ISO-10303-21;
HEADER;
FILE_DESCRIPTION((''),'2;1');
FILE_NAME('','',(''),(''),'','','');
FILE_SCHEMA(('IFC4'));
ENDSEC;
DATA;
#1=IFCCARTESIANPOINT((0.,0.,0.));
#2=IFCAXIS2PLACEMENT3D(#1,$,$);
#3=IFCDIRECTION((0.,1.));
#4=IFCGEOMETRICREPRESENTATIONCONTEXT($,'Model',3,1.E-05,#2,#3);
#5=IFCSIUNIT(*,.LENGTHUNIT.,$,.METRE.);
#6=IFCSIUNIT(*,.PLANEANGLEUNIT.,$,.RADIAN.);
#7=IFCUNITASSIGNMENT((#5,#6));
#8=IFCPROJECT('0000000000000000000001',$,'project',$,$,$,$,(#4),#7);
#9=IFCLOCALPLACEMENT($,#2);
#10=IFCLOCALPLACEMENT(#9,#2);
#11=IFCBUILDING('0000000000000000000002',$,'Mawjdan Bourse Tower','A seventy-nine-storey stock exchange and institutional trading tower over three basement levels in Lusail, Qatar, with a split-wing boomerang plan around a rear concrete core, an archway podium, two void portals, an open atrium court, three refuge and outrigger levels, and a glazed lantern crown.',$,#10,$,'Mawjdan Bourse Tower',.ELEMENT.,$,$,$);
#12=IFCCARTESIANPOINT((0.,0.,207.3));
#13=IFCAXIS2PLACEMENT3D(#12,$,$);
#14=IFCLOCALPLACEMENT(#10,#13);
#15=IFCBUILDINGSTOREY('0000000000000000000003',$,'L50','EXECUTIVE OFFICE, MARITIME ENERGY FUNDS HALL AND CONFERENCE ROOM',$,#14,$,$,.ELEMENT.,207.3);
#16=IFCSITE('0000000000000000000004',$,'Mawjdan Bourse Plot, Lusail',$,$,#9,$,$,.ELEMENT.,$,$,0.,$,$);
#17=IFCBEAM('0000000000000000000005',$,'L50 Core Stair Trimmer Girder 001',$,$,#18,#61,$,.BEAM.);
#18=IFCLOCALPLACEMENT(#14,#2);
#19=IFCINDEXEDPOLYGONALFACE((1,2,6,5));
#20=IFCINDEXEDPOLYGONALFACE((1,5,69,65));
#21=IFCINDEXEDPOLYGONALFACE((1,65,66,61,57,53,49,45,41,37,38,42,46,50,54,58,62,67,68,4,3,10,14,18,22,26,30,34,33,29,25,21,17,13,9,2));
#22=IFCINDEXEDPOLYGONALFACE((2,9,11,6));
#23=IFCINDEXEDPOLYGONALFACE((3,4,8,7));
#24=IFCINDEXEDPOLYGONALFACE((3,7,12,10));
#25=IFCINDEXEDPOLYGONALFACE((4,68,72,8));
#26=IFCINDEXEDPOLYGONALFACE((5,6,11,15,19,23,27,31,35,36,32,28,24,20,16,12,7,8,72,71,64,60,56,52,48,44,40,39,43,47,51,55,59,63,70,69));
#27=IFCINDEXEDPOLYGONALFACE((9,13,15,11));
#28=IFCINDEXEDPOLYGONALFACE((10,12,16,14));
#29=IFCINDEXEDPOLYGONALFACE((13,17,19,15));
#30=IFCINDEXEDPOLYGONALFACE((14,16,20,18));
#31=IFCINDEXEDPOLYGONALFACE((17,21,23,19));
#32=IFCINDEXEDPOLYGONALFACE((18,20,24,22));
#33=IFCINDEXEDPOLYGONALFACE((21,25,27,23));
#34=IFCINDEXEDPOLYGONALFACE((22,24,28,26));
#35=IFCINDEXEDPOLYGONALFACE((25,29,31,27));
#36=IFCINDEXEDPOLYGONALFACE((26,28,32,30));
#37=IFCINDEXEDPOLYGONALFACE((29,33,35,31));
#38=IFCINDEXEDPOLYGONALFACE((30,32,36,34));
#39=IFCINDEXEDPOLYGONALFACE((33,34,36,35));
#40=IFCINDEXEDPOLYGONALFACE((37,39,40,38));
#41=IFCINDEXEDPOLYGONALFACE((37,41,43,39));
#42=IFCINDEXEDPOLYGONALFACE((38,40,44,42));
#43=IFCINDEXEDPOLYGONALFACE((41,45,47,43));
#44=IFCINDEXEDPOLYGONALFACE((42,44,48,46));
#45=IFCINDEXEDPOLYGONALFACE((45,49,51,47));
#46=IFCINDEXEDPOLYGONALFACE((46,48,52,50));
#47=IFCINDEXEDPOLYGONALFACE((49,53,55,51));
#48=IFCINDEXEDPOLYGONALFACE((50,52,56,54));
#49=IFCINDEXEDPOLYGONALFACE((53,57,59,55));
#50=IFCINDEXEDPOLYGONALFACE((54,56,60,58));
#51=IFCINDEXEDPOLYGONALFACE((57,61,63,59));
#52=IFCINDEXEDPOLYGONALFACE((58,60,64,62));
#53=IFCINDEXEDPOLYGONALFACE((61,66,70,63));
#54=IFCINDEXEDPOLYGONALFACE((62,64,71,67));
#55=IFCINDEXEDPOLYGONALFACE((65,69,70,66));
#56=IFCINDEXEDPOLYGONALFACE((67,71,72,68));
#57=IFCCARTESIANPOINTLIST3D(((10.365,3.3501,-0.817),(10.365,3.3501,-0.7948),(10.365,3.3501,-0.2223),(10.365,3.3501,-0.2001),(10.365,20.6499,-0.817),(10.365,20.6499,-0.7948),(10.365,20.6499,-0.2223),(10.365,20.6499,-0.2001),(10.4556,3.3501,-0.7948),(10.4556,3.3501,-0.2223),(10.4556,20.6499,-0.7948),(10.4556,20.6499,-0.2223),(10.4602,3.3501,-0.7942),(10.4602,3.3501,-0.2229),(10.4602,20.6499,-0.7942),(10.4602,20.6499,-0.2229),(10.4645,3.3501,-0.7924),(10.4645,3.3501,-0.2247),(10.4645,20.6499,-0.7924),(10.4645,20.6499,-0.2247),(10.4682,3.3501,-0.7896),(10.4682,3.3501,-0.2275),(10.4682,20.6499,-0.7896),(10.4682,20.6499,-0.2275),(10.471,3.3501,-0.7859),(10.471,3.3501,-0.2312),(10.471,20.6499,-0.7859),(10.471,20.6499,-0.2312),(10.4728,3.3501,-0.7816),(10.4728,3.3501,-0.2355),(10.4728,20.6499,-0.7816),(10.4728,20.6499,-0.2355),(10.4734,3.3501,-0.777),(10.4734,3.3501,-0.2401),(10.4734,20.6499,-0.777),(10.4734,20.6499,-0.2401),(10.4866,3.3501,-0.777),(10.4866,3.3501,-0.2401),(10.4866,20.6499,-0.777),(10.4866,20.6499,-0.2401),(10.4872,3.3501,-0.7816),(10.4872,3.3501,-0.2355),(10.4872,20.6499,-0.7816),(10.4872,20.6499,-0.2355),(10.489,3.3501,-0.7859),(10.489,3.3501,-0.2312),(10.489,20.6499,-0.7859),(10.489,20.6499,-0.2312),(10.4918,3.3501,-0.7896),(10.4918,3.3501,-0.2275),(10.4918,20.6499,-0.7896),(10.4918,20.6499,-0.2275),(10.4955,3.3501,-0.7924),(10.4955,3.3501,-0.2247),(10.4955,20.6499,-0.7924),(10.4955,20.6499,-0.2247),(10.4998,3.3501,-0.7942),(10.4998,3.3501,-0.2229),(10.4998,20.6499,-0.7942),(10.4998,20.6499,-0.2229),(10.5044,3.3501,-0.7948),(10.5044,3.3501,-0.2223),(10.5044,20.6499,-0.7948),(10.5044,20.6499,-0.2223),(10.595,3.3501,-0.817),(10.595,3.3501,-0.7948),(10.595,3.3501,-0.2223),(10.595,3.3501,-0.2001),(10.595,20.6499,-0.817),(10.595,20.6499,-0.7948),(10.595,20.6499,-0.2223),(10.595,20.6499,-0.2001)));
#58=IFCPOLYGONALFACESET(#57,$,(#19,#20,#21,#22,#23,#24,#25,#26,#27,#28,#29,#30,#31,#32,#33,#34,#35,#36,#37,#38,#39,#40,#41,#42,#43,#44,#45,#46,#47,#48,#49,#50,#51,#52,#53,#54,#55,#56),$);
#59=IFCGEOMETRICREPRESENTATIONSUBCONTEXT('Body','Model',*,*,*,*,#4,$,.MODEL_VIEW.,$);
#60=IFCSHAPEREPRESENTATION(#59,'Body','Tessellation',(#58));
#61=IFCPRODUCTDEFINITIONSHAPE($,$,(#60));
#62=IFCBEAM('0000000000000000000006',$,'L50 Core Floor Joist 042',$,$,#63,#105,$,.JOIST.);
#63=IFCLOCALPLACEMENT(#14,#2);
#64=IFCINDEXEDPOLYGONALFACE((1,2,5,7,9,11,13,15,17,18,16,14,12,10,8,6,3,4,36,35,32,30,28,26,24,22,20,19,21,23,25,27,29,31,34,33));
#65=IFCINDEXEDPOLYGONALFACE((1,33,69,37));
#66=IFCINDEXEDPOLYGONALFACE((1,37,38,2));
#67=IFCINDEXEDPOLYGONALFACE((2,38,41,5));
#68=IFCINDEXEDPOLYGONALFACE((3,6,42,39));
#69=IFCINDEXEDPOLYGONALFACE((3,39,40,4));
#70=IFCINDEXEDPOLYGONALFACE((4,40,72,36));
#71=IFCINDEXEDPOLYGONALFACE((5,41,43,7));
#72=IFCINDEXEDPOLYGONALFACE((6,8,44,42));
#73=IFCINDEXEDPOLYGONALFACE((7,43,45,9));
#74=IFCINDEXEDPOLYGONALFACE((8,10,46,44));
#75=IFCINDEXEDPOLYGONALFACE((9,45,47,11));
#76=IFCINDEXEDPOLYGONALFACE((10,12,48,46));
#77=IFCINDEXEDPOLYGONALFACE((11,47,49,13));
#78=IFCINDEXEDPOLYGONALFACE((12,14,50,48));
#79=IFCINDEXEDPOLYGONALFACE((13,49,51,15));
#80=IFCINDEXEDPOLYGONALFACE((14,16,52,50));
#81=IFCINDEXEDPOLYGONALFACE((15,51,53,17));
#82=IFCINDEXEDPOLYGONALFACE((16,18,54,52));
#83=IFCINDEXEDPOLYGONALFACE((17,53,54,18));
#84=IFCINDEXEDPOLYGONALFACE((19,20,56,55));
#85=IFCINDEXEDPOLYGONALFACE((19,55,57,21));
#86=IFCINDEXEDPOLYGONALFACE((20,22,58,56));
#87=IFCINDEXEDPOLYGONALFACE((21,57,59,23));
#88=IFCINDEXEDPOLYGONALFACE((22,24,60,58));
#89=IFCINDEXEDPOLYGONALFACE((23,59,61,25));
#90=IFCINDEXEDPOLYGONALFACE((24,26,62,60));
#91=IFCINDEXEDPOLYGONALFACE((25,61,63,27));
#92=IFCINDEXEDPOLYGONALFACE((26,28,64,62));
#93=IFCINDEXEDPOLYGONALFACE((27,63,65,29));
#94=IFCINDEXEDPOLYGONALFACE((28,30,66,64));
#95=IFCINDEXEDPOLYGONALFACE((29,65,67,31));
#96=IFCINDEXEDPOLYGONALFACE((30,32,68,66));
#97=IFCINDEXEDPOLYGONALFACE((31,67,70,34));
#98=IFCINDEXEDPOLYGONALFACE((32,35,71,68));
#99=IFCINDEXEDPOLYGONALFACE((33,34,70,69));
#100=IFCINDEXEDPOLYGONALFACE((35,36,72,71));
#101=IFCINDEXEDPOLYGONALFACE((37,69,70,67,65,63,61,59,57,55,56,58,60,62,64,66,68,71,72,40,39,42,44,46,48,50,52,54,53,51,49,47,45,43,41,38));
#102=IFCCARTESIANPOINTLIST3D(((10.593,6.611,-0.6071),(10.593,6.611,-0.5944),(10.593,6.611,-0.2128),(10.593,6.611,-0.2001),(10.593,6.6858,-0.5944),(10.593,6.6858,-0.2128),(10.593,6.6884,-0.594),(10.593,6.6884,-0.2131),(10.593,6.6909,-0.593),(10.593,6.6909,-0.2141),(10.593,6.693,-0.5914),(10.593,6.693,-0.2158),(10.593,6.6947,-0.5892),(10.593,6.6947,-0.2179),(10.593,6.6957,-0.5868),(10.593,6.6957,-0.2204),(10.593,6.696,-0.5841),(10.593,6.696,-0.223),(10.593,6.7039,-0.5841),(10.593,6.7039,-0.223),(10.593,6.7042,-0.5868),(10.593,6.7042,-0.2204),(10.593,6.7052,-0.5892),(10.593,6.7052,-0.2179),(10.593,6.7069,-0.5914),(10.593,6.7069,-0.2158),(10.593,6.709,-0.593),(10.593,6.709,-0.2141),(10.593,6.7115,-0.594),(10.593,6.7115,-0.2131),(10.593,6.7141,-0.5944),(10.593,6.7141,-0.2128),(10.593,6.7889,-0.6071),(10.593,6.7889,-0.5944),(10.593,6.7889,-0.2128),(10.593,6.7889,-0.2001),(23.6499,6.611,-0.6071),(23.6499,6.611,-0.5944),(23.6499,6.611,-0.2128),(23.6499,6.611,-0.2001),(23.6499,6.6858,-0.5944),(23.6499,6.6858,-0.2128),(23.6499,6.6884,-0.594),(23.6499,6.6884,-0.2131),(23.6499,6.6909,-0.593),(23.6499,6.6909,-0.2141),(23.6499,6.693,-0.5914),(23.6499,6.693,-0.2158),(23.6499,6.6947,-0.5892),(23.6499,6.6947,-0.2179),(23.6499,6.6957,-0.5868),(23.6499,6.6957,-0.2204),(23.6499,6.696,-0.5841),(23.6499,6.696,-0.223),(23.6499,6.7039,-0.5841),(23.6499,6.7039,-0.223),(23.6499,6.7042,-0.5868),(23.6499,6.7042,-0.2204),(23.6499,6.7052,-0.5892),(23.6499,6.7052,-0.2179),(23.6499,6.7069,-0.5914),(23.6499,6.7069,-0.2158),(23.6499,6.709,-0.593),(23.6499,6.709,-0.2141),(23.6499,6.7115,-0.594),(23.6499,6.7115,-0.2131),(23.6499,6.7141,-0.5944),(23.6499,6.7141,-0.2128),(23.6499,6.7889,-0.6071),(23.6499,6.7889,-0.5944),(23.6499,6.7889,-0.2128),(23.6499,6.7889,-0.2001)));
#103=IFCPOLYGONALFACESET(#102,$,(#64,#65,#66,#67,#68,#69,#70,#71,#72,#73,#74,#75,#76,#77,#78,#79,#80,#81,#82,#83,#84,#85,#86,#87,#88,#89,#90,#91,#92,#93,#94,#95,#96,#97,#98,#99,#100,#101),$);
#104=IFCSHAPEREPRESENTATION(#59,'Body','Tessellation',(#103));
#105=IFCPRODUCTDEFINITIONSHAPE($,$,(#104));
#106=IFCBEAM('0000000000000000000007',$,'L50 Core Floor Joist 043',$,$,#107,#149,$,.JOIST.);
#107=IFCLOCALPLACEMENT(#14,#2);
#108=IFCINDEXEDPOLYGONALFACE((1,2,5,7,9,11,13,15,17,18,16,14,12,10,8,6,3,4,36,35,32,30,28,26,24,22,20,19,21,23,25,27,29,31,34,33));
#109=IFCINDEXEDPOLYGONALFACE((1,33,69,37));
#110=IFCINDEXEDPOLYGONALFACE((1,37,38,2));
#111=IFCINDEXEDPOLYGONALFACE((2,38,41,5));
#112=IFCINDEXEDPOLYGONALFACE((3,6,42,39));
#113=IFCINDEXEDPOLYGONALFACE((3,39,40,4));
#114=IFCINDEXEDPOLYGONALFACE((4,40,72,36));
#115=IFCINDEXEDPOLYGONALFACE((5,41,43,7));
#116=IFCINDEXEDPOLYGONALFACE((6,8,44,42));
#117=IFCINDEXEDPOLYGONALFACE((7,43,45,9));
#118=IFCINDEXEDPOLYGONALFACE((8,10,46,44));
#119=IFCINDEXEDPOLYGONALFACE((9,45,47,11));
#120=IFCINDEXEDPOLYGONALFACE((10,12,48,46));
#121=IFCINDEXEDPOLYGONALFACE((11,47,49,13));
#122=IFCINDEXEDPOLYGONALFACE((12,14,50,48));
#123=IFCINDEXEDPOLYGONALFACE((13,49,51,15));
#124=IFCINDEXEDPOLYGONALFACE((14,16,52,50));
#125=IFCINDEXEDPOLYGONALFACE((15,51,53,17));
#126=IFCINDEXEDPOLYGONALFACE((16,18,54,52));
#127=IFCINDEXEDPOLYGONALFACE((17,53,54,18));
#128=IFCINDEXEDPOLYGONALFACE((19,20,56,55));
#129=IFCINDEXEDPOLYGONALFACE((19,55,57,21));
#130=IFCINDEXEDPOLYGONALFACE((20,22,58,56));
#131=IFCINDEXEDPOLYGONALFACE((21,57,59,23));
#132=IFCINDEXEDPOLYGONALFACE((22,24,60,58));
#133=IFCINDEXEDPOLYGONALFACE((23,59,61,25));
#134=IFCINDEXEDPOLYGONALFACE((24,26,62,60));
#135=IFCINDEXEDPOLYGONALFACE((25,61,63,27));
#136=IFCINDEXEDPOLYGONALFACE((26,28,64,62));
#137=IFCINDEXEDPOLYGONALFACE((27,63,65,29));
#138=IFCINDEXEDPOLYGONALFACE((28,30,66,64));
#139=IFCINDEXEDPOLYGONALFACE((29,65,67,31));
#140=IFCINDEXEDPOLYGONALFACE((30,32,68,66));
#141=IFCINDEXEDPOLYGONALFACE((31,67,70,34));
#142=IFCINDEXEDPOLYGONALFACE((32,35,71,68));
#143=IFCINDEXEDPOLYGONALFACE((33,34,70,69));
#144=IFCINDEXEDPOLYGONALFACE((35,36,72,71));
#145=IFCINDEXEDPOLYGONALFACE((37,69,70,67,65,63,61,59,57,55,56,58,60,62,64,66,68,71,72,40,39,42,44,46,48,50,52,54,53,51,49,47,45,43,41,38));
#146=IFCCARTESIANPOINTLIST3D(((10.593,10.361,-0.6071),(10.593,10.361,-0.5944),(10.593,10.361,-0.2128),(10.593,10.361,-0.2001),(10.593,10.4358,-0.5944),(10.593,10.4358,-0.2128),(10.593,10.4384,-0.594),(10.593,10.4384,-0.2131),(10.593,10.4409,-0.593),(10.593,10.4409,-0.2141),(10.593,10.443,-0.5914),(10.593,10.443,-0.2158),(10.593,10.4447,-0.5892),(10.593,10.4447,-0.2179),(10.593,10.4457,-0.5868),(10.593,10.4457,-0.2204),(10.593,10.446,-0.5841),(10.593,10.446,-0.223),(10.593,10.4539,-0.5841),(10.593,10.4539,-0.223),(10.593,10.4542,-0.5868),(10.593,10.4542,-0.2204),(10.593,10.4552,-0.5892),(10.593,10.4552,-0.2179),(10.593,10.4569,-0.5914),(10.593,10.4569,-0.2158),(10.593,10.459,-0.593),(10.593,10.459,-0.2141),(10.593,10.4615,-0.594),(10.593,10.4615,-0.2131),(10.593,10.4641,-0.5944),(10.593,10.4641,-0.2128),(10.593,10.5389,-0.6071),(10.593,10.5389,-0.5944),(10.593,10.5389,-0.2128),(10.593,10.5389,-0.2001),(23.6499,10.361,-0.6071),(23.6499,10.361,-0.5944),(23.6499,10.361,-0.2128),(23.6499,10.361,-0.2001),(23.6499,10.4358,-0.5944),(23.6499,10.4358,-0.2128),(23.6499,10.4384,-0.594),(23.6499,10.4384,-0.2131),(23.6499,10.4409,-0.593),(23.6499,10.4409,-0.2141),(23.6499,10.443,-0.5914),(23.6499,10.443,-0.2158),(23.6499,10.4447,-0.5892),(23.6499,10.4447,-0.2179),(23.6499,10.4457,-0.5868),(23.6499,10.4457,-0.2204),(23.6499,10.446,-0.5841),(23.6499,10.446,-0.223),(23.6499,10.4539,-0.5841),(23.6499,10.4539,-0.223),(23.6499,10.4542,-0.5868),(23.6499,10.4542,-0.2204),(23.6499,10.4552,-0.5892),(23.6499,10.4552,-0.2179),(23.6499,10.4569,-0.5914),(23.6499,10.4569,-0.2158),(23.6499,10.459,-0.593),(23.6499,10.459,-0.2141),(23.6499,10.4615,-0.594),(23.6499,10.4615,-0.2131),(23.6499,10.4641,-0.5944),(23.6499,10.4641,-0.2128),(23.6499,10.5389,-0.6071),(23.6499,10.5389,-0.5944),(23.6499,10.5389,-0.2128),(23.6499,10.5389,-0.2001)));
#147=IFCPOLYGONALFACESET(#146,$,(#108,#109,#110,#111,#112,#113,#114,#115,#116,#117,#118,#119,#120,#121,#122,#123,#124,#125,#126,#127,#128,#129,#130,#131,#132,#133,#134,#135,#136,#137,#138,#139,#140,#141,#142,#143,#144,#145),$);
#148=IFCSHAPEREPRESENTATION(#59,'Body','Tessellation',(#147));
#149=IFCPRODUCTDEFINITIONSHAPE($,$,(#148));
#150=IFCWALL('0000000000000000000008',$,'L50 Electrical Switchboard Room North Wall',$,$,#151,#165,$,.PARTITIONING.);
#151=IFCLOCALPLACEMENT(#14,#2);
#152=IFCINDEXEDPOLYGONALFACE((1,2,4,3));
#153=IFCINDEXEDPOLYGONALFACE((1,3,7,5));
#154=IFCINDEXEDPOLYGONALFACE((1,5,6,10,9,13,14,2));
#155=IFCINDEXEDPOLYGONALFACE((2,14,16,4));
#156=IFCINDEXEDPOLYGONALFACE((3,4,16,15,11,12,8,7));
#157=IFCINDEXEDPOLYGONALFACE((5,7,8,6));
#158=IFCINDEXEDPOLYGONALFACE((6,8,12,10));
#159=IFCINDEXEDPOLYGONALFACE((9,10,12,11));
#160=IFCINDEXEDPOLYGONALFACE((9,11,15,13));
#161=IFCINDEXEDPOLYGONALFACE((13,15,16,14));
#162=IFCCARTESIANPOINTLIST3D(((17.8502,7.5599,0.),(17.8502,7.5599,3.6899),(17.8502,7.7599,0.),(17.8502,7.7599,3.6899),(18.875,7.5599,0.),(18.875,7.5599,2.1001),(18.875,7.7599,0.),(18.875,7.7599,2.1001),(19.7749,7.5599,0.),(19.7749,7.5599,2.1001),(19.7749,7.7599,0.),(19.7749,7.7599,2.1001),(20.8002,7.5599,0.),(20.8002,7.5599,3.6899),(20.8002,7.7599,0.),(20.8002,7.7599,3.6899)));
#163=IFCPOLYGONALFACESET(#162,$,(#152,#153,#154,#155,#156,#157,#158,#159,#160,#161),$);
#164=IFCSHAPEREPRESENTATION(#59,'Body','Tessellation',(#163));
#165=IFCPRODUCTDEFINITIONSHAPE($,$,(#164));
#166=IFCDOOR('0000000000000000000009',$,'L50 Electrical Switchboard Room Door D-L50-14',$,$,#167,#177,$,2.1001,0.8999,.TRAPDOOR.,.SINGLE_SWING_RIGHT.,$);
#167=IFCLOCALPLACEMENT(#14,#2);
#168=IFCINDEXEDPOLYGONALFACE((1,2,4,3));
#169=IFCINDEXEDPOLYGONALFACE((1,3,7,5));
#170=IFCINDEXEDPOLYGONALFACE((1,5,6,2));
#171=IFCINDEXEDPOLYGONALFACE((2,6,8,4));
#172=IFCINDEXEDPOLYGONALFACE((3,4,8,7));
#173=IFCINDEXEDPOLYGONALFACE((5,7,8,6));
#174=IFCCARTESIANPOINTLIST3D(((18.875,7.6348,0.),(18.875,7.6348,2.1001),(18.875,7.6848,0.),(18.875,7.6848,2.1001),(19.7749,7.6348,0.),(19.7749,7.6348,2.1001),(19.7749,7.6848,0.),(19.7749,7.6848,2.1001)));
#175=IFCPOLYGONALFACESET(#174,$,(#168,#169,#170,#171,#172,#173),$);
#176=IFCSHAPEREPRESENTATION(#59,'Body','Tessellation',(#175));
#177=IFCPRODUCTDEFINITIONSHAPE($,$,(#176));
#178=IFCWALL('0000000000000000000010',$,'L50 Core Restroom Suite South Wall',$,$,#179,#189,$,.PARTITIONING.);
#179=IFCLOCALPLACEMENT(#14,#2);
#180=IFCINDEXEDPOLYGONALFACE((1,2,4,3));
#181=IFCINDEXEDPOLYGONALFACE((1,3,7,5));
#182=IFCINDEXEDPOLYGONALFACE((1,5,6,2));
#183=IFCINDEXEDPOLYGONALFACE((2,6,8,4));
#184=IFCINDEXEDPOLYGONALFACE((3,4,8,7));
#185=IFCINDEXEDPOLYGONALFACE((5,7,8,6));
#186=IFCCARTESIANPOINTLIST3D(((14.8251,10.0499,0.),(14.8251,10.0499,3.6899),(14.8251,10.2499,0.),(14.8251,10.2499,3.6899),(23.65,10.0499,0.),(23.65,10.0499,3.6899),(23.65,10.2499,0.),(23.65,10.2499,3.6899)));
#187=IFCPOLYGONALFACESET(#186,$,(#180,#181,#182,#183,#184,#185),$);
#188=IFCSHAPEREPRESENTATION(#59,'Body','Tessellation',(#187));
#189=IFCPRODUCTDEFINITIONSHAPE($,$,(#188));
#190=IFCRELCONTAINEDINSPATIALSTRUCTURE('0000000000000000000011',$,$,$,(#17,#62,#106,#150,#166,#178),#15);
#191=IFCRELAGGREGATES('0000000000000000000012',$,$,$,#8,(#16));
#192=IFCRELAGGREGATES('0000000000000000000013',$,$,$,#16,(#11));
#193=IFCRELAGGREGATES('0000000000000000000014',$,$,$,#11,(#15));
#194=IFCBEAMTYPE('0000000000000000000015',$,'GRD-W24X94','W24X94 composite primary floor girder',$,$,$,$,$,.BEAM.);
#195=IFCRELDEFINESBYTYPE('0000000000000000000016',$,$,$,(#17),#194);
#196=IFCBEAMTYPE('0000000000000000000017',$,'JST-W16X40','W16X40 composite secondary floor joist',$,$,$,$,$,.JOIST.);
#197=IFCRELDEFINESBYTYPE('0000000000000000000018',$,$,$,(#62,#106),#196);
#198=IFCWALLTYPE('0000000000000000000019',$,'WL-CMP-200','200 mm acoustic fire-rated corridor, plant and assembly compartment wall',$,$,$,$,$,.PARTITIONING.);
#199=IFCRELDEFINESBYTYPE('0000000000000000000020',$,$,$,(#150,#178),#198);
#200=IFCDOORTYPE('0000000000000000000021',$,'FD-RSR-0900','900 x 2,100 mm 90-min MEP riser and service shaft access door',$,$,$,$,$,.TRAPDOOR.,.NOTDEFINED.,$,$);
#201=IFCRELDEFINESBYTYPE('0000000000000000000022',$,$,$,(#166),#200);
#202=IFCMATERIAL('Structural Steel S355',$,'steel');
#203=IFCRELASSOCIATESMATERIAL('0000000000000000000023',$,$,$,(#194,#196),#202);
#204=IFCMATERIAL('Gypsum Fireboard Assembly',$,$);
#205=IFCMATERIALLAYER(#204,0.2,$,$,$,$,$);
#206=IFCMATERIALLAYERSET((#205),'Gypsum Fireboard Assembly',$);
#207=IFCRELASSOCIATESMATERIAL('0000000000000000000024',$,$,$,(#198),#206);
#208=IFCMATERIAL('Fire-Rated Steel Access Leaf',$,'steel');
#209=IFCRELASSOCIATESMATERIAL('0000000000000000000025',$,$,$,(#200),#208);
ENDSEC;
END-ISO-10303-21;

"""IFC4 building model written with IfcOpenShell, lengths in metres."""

from ifc_helpers import new_model, si_unit, direction, frame, frame_2d, origin, origin_2d, place, context, subcontext, project, spatial, rectangle, i_section, extrude, material, layer, layer_set, material_profile, profile_set, type_object, element, fill, save


model = new_model("IFC4")

# Units and contexts
model_context = context("Model", 3, precision=1e-05, world=origin(), true_north=direction((0.0, 1.0)))
body_context = subcontext(model_context, "Body", "Model", "MODEL_VIEW")
ifc_project = project(units=[si_unit("LENGTHUNIT", "METRE"), si_unit("PLANEANGLEUNIT", "RADIAN")], contexts=[model_context])

# Site, building, storey
site_placement = place(None, origin())
site = spatial("IfcSite", under=ifc_project, at=site_placement, Name="Mawjdan Bourse Plot, Lusail", CompositionType="ELEMENT", RefElevation=0.0)
building_placement = place(site_placement, origin())
building = spatial("IfcBuilding", under=site, at=building_placement, Name="Mawjdan Bourse Tower", Description="A seventy-nine-storey stock exchange and institutional trading tower over three basement levels in Lusail, Qatar, with a split-wing boomerang plan around a rear concrete core, an archway podium, two void portals, an open atrium court, three refuge and outrigger levels, and a glazed lantern crown.", LongName="Mawjdan Bourse Tower", CompositionType="ELEMENT")
storey_placement = place(building_placement, frame((0.0, 0.0, 207.3)))
storey = spatial("IfcBuildingStorey", under=building, at=storey_placement, Name="L50", Description="EXECUTIVE OFFICE, MARITIME ENERGY FUNDS HALL AND CONFERENCE ROOM", CompositionType="ELEMENT", Elevation=207.3)

# Beams
ifc_material_1 = material(Name="Structural Steel S355", Category="steel")
ifc_material_profile_1 = material_profile(ifc_material_1, i_section(OverallWidth=0.23, OverallDepth=0.6169, WebThickness=0.0132, FlangeThickness=0.0222, FilletRadius=0.0178, at=origin_2d()), Name="W24X94")
ifc_profile_set_1 = profile_set([ifc_material_profile_1], Name="Structural Steel S355")
beam_type_1 = type_object("IfcBeamType", Name="GRD-W24X94", Description="W24X94 composite primary floor girder", PredefinedType="BEAM", material=ifc_profile_set_1)
beam_placement = place(storey_placement, frame((10.48, 3.3501, -0.5085), z_axis=(0.0, 1.0, 0.0), x_axis=(-1.0, 0.0, 0.0)))
element("IfcBeam", 1, at=beam_placement, inside=storey, type_object=beam_type_1, Name="L50 Core Stair Trimmer Girder 001", PredefinedType="BEAM", context=body_context, shape_type="SweptSolid", body=[
    extrude(i_section(OverallWidth=0.23, OverallDepth=0.6169, WebThickness=0.0132, FlangeThickness=0.0222, FilletRadius=0.0178, at=origin_2d()), origin(), (0.0, 0.0, 1.0), 17.2998),
])
ifc_material_profile_2 = material_profile(ifc_material_1, i_section(OverallWidth=0.178, OverallDepth=0.407, WebThickness=0.0078, FlangeThickness=0.0127, FilletRadius=0.0103, at=origin_2d()), Name="W16X40")
ifc_profile_set_2 = profile_set([ifc_material_profile_2], Name="Structural Steel S355")
beam_type_2 = type_object("IfcBeamType", Name="JST-W16X40", Description="W16X40 composite secondary floor joist", PredefinedType="JOIST", material=ifc_profile_set_2)
for number, where, z_axis, x_axis, name in (
    (2, (10.593, 6.7, -0.4036), (1.0, 0.0, 0.0), (0.0, 1.0, 0.0), "L50 Core Floor Joist 042"),
    (3, (10.593, 10.45, -0.4036), (1.0, 0.0, 0.0), (0.0, 1.0, 0.0), "L50 Core Floor Joist 043"),
):
    element("IfcBeam", number, at=place(storey_placement, frame(where, z_axis=z_axis, x_axis=x_axis)), inside=storey, type_object=beam_type_2, Name=name, PredefinedType="JOIST", context=body_context, shape_type="SweptSolid", body=[
        extrude(i_section(OverallWidth=0.178, OverallDepth=0.407, WebThickness=0.0078, FlangeThickness=0.0127, FilletRadius=0.0103, at=origin_2d()), origin(), (0.0, 0.0, 1.0), 13.0569),
    ])

# Wall, opening, door
ifc_material_2 = material(Name="Gypsum Fireboard Assembly")
ifc_layer_1 = layer(ifc_material_2, 0.2)
ifc_layer_set_1 = layer_set([ifc_layer_1], Name="Gypsum Fireboard Assembly")
wall_type_1 = type_object("IfcWallType", Name="WL-CMP-200", Description="200 mm acoustic fire-rated corridor, plant and assembly compartment wall", PredefinedType="PARTITIONING", material=ifc_layer_set_1)
wall_1_placement = place(storey_placement, frame((17.8501, 7.6599, 0.0), z_axis=(0.0, 0.0, 1.0), x_axis=(1.0, 0.0, 0.0)))
wall_1 = element("IfcWall", 4, at=wall_1_placement, inside=storey, type_object=wall_type_1, Name="L50 Electrical Switchboard Room North Wall", PredefinedType="PARTITIONING", context=body_context, shape_type="SweptSolid", body=[
    extrude(rectangle(XDim=2.95, YDim=0.2, at=frame_2d((1.4751, 0.0))), origin(), (0.0, 0.0, 1.0), 3.6899),
])
opening_1_placement = place(wall_1_placement, frame((1.0249, 0.0, 0.0)))
opening_1 = element("IfcOpeningElement", 5, at=opening_1_placement, cuts=wall_1, PredefinedType="OPENING", context=body_context, shape_type="SweptSolid", body=[
    extrude(rectangle(XDim=0.8999, YDim=2.1001, at=frame_2d((0.45, 1.05))), frame((0.0, 0.1099, 0.0), z_axis=(0.0, -1.0, 0.0), x_axis=(1.0, 0.0, 0.0)), (0.0, 0.0, 1.0), 0.22),
])
ifc_material_3 = material(Name="Fire-Rated Steel Access Leaf", Category="steel")
door_type_1 = type_object("IfcDoorType", Name="FD-RSR-0900", Description="900 x 2,100 mm 90-min MEP riser and service shaft access door", OperationType="NOTDEFINED", PredefinedType="TRAPDOOR", material=ifc_material_3)
door_1_placement = place(opening_1_placement, origin())
door_1 = element("IfcDoor", 6, at=door_1_placement, inside=storey, type_object=door_type_1, Name="L50 Electrical Switchboard Room Door D-L50-14", OperationType="SINGLE_SWING_RIGHT", OverallHeight=2.1001, OverallWidth=0.8999, PredefinedType="TRAPDOOR", context=body_context, shape_type="SweptSolid", body=[
    extrude(rectangle(XDim=0.8999, YDim=2.1001, at=frame_2d((0.45, 1.05))), frame((0.0, 0.0249, 0.0), z_axis=(0.0, -1.0, 0.0), x_axis=(1.0, 0.0, 0.0)), (0.0, 0.0, 1.0), 0.05),
])
fill(opening_1, door_1)

# Wall
wall_2_placement = place(storey_placement, frame((14.825, 10.1499, 0.0), z_axis=(0.0, 0.0, 1.0), x_axis=(1.0, 0.0, 0.0)))
element("IfcWall", 7, at=wall_2_placement, inside=storey, type_object=wall_type_1, Name="L50 Core Restroom Suite South Wall", PredefinedType="PARTITIONING", context=body_context, shape_type="SweptSolid", body=[
    extrude(rectangle(XDim=8.825, YDim=0.2, at=frame_2d((4.4126, 0.0))), origin(), (0.0, 0.0, 1.0), 3.6899),
])

save(model, "model.ifc")
